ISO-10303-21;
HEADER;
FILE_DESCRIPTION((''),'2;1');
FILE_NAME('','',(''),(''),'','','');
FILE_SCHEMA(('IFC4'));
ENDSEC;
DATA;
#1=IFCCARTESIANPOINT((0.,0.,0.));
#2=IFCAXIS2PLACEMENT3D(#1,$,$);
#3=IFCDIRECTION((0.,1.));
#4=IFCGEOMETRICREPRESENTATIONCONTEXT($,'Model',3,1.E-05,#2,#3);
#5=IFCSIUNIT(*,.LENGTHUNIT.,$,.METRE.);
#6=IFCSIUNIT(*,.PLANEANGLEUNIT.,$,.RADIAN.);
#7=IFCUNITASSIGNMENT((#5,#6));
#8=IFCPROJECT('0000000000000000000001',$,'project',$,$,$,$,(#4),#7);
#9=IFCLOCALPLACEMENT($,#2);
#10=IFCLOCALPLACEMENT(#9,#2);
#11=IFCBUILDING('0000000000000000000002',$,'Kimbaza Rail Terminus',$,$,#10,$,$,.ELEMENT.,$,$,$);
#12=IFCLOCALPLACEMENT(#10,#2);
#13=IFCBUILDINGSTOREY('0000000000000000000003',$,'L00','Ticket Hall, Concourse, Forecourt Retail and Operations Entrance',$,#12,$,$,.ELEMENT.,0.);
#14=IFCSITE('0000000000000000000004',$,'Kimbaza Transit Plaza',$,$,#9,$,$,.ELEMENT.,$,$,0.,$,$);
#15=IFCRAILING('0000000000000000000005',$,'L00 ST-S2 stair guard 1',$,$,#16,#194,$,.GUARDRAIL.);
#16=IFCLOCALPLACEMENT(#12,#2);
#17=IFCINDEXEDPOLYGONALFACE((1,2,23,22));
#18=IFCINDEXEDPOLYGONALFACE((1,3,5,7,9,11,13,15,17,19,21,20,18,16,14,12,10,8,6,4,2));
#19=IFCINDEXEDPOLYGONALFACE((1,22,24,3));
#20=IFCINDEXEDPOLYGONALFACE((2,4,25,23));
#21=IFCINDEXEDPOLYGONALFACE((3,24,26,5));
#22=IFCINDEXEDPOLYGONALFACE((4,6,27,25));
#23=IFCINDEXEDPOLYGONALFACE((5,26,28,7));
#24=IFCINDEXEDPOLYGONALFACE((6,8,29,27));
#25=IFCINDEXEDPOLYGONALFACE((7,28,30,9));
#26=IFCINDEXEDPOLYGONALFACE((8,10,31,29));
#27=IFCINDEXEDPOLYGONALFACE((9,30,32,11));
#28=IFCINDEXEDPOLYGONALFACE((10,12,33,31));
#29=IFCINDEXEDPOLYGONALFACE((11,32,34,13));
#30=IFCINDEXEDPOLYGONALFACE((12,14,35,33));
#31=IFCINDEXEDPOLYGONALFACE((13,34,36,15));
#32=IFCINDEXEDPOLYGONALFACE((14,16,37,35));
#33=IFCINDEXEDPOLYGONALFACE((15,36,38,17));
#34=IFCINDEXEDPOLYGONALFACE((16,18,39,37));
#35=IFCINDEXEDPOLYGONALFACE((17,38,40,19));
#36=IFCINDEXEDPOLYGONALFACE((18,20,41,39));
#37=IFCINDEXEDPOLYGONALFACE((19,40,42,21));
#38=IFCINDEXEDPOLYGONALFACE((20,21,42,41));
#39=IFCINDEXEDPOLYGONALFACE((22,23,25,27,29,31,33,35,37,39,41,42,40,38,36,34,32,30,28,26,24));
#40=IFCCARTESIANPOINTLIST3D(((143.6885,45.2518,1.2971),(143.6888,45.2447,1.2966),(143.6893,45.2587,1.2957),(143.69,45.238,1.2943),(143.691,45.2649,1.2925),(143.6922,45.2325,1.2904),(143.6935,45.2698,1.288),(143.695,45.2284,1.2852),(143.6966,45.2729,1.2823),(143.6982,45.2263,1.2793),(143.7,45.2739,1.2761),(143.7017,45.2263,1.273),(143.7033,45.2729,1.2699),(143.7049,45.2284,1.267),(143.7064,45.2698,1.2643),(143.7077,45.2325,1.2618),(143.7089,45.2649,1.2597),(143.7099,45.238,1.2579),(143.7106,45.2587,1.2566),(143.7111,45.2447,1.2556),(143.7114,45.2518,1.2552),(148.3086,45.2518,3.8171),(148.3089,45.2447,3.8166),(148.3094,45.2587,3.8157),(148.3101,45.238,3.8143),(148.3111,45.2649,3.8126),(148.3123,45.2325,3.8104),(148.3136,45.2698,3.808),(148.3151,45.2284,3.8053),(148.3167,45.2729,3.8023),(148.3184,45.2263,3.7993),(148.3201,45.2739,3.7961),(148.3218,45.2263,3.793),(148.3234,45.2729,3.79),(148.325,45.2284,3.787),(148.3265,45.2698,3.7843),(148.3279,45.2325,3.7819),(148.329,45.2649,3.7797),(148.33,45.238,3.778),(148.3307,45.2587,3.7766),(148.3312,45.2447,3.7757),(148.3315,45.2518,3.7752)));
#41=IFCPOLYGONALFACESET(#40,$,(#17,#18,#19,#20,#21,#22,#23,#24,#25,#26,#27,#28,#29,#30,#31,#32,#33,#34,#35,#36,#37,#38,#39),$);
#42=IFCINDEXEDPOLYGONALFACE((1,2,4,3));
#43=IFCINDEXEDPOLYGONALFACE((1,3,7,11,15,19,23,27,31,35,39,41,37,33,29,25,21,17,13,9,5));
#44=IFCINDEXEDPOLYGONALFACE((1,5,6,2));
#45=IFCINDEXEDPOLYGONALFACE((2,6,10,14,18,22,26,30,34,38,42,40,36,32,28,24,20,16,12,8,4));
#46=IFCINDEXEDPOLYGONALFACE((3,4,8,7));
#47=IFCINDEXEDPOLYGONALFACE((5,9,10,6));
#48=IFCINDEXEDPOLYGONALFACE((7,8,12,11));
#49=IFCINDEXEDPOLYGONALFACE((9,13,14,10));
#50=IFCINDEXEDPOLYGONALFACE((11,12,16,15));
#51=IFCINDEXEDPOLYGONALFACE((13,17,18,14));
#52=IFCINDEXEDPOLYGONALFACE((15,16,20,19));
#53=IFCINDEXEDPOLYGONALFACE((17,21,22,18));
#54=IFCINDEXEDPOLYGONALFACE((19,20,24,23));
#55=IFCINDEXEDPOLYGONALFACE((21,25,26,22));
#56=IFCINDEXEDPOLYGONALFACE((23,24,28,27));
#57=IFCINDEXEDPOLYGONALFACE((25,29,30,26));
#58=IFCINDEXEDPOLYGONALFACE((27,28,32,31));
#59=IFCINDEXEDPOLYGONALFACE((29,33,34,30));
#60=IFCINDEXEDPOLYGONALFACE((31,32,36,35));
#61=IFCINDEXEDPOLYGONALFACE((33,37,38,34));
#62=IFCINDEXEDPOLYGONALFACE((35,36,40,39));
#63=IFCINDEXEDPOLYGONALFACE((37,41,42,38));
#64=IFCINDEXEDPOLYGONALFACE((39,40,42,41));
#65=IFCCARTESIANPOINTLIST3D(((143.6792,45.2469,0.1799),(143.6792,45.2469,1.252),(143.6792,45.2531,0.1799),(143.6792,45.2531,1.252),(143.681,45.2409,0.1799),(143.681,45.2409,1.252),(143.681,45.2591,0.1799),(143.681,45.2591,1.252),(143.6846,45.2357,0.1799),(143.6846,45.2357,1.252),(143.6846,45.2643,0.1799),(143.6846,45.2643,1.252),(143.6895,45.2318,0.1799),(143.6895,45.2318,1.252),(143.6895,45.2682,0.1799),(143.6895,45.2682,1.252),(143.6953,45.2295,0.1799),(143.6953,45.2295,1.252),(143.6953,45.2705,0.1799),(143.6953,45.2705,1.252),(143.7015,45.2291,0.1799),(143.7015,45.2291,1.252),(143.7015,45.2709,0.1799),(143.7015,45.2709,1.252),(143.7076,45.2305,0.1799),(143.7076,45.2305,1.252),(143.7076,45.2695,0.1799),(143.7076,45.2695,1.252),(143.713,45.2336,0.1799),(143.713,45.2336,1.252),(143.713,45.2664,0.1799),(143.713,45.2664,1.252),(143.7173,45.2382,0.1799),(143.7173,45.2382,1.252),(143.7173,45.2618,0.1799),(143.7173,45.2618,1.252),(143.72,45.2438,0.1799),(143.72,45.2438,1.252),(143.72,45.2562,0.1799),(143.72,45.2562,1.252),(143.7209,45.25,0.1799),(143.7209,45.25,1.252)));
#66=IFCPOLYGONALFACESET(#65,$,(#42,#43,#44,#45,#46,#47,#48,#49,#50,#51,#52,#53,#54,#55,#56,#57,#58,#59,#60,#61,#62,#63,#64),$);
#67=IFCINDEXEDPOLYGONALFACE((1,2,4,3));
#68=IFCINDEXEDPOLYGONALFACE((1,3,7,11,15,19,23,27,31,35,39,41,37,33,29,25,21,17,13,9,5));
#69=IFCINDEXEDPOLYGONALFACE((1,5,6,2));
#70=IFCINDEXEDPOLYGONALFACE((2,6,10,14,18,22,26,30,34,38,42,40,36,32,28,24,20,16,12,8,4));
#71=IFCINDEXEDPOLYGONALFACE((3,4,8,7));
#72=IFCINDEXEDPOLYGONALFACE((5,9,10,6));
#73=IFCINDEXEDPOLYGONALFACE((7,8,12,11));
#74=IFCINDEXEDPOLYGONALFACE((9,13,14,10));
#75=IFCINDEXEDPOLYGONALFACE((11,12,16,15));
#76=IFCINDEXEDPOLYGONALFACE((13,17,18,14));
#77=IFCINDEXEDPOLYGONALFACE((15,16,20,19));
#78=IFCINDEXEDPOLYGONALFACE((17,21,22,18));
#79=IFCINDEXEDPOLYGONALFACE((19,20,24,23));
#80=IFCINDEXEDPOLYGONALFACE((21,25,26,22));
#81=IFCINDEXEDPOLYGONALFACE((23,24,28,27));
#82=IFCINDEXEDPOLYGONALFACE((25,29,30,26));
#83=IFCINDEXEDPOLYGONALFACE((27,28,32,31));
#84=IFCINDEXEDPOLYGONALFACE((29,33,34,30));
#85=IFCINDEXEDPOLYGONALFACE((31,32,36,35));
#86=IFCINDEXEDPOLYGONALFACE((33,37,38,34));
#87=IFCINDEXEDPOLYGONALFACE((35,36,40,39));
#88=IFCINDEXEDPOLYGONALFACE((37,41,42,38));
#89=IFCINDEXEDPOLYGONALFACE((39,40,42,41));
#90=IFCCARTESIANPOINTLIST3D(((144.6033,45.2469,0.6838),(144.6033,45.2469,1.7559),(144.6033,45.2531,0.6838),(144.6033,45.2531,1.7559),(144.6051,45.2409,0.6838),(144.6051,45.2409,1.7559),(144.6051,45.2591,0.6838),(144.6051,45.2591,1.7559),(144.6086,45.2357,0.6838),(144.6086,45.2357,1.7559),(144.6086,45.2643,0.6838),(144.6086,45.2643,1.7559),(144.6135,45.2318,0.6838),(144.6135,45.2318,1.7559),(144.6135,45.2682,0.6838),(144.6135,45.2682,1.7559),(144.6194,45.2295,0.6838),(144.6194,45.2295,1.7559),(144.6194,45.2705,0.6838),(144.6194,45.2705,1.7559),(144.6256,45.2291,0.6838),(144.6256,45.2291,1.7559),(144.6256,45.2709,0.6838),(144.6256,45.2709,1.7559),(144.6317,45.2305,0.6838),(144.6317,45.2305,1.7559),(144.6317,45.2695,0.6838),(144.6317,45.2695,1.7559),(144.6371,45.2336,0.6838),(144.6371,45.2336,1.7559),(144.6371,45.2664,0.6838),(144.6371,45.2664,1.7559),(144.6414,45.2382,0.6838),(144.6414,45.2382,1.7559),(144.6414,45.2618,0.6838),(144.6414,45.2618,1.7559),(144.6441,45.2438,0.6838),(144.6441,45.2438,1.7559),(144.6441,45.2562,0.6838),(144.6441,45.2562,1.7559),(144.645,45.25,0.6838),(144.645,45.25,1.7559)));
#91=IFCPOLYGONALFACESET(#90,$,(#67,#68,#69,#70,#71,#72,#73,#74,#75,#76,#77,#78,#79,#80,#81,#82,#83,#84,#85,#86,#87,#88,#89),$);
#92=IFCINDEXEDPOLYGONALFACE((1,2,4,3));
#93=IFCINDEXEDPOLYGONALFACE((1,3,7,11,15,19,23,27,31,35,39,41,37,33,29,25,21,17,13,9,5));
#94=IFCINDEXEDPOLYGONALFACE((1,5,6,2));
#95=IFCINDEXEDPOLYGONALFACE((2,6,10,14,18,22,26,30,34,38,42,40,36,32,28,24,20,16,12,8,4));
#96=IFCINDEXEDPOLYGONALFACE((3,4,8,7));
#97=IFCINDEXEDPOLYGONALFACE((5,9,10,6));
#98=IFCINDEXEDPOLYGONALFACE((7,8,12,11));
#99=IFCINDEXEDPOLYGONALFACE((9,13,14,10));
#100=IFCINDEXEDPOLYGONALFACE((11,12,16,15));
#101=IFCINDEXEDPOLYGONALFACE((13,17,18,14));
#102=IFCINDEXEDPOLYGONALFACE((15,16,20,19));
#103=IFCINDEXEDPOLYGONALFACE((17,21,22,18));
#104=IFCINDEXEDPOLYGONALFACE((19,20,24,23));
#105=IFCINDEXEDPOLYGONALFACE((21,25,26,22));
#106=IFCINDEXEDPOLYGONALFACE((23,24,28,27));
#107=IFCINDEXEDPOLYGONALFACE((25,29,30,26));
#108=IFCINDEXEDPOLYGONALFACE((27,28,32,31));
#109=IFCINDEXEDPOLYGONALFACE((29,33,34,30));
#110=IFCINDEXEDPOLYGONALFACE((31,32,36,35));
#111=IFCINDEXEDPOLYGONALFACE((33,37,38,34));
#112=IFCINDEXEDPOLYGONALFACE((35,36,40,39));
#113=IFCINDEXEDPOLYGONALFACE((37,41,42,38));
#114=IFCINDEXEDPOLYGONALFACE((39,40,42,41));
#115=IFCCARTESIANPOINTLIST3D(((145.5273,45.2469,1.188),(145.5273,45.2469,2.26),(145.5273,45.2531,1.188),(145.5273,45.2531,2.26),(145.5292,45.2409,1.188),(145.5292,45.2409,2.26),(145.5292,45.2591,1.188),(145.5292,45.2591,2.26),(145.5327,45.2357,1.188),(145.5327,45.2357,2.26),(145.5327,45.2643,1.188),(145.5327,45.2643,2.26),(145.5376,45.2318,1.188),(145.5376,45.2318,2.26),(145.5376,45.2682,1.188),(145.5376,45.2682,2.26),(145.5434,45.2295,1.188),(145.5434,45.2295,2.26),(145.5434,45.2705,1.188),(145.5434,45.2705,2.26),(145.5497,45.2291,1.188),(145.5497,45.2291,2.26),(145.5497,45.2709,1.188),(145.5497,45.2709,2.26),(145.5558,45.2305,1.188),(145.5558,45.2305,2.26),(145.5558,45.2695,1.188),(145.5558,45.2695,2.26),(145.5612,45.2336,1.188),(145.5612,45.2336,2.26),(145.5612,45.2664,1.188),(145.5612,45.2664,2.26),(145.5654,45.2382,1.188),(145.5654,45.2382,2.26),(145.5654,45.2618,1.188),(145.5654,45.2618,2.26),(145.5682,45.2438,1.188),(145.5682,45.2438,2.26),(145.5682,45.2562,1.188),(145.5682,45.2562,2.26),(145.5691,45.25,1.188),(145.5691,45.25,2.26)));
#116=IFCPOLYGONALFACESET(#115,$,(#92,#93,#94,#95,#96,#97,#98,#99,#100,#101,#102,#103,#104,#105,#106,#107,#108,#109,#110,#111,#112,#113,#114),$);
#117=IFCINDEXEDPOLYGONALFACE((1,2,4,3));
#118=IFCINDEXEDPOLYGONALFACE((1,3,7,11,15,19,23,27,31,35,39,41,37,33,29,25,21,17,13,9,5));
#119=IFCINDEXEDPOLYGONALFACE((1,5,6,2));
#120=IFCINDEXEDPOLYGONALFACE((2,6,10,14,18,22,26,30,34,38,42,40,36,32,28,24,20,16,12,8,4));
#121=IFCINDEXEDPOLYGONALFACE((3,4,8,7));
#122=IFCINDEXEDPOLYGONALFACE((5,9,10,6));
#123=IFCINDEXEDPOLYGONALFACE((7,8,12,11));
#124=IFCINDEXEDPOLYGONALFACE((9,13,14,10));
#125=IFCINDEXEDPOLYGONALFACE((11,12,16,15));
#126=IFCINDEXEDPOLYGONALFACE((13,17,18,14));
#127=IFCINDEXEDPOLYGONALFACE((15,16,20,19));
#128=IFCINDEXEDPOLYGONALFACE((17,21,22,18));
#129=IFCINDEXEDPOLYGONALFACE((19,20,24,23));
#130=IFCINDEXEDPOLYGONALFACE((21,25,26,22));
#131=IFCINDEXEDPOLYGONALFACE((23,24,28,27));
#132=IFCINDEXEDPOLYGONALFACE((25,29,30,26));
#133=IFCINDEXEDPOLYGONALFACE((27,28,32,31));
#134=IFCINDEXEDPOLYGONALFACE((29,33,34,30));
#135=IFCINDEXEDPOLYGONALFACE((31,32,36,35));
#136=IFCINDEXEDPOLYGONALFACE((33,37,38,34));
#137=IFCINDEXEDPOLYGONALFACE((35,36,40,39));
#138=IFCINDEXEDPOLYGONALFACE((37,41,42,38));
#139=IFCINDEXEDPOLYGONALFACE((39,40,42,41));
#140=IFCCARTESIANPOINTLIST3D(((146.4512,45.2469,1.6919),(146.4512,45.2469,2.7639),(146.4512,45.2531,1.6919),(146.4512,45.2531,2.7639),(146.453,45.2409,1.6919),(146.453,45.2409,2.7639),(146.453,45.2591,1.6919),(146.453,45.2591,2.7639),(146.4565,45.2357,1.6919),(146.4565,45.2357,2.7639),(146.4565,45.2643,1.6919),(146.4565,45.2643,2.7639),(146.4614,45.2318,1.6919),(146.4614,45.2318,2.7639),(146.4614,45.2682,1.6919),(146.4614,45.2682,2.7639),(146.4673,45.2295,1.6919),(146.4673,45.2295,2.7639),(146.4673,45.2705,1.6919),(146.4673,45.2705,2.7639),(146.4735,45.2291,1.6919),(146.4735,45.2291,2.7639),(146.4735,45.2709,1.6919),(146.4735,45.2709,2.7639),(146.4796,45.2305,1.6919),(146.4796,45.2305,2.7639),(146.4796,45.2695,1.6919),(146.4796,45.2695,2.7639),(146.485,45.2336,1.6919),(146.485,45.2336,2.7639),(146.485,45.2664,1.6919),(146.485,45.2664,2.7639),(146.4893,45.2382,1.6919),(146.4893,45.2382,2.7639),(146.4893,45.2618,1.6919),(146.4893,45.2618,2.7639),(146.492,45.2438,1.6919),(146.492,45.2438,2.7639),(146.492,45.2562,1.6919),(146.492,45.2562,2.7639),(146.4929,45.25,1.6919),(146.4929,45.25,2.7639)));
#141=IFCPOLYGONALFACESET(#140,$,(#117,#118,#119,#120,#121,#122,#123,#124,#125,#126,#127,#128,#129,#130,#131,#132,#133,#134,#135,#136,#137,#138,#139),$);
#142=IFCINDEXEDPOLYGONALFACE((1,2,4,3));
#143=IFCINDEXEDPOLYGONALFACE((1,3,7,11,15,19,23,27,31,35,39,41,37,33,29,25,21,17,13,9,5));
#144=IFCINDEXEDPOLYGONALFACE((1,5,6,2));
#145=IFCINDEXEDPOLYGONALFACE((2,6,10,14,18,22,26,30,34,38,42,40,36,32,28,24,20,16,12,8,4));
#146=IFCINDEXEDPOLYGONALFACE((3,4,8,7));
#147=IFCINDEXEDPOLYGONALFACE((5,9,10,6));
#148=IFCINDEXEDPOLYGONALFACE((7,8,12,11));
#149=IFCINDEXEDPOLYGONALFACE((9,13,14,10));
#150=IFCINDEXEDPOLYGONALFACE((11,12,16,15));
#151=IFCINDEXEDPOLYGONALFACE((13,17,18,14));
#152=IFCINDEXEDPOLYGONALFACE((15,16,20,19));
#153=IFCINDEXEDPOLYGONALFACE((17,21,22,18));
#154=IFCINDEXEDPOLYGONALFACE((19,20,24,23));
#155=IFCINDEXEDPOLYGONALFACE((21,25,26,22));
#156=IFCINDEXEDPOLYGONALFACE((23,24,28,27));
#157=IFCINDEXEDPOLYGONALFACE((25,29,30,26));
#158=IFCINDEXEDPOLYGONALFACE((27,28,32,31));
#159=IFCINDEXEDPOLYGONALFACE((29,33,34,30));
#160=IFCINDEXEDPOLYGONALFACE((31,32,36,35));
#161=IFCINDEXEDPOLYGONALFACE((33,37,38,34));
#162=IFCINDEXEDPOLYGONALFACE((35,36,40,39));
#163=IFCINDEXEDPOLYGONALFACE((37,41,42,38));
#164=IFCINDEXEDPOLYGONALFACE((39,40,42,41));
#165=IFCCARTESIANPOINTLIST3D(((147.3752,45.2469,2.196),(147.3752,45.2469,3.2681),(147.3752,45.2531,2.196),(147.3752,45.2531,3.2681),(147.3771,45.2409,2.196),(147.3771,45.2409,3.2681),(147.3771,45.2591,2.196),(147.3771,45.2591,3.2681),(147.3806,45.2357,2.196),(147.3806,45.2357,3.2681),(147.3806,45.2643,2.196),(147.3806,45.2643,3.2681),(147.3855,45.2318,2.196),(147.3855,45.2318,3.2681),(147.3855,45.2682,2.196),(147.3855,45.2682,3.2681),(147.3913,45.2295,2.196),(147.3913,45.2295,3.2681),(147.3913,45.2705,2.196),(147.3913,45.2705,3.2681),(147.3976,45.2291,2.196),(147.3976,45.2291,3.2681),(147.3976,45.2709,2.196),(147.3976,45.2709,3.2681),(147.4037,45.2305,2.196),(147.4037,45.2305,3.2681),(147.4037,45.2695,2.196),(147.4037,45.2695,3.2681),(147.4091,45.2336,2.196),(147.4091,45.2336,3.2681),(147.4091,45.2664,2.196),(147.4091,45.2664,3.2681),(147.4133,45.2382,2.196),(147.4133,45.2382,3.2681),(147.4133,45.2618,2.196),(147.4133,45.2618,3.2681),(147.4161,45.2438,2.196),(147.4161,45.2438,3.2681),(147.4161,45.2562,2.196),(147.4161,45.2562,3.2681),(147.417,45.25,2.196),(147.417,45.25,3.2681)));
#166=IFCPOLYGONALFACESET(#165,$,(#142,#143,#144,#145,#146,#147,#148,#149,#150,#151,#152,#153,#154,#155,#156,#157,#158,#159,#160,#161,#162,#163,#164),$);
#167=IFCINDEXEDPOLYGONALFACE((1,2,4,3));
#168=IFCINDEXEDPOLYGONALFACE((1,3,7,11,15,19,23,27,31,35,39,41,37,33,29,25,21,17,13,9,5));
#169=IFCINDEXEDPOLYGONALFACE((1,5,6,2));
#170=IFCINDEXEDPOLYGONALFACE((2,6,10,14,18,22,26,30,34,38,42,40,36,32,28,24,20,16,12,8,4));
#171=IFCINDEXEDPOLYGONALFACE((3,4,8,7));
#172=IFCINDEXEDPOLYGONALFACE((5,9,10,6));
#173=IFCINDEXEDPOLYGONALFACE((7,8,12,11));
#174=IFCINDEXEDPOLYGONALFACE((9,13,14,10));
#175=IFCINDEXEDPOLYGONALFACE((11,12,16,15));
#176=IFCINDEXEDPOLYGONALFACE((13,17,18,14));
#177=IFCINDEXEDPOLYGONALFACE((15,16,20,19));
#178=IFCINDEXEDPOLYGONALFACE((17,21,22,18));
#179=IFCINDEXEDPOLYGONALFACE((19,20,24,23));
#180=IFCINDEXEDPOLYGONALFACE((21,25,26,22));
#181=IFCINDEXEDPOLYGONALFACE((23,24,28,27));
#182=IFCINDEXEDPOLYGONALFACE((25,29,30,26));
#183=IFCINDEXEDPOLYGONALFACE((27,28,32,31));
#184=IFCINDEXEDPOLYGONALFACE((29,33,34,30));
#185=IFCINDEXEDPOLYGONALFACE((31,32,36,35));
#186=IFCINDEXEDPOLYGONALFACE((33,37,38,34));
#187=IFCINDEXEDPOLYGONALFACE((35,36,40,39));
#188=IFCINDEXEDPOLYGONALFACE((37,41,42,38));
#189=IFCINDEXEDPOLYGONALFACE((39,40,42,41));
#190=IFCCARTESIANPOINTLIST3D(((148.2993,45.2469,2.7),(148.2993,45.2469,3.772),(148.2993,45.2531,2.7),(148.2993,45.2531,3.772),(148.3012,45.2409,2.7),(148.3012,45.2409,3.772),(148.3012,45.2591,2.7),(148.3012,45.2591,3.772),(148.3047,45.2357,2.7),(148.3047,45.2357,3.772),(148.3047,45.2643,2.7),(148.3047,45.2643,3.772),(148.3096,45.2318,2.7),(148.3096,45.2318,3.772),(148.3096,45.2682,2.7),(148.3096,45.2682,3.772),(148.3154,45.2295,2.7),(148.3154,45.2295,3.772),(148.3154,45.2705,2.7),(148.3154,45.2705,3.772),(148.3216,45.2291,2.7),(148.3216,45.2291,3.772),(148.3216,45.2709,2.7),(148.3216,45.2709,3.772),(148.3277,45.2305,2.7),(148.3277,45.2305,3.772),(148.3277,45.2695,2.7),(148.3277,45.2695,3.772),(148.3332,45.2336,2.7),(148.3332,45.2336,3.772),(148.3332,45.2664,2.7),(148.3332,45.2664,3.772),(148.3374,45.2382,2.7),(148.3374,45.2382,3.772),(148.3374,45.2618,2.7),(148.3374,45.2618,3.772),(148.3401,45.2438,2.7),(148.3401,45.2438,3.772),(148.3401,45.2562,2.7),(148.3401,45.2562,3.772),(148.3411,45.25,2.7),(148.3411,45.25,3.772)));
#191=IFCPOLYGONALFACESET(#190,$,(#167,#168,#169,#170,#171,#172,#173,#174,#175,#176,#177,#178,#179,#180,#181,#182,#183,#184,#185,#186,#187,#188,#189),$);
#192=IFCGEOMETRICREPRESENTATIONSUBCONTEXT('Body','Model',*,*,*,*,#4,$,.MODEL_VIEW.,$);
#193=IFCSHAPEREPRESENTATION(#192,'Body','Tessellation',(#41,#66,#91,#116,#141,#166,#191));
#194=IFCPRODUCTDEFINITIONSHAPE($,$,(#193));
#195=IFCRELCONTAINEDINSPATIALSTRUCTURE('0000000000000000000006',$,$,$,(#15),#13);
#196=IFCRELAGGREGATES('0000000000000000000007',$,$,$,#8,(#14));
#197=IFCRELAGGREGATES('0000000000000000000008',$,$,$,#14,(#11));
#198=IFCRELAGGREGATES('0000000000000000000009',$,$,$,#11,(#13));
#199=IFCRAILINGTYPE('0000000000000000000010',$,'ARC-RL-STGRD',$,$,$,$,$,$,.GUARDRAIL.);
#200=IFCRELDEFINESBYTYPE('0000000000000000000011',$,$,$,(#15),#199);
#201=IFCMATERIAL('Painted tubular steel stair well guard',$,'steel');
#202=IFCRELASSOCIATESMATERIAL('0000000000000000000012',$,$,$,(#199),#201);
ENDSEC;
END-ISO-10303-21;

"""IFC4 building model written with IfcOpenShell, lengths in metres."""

from ifc_helpers import new_model, si_unit, direction, frame, origin, origin_2d, place, context, subcontext, project, spatial, circle, extrude, material, type_object, element, save


model = new_model("IFC4")

# Units and contexts
model_context = context("Model", 3, precision=1e-05, world=origin(), true_north=direction((0.0, 1.0)))
body_context = subcontext(model_context, "Body", "Model", "MODEL_VIEW")
ifc_project = project(units=[si_unit("LENGTHUNIT", "METRE"), si_unit("PLANEANGLEUNIT", "RADIAN")], contexts=[model_context])

# Site, building, storey
site_placement = place(None, origin())
site = spatial("IfcSite", under=ifc_project, at=site_placement, Name="Kimbaza Transit Plaza", CompositionType="ELEMENT", RefElevation=0.0)
building_placement = place(site_placement, origin())
building = spatial("IfcBuilding", under=site, at=building_placement, Name="Kimbaza Rail Terminus", CompositionType="ELEMENT")
storey_placement = place(building_placement, origin())
storey = spatial("IfcBuildingStorey", under=building, at=storey_placement, Name="L00", Description="Ticket Hall, Concourse, Forecourt Retail and Operations Entrance", CompositionType="ELEMENT", Elevation=0.0)

# Railing
ifc_material_1 = material(Name="Painted tubular steel stair well guard", Category="steel")
railing_type_1 = type_object("IfcRailingType", Name="ARC-RL-STGRD", PredefinedType="GUARDRAIL", material=ifc_material_1)
railing_1_placement = place(storey_placement, frame((143.7, 45.25, 0.1799)))
element("IfcRailing", 1, at=railing_1_placement, inside=storey, type_object=railing_type_1, Name="L00 ST-S2 stair guard 1", PredefinedType="GUARDRAIL", context=body_context, shape_type="SweptSolid", body=[
    extrude(circle(Radius=0.0239, at=origin_2d()), frame((0.0, 0.0, 1.0962), z_axis=(0.877899, 0.0, 0.478846), x_axis=(0.0, 1.0, 0.0)), (0.0, 0.0, 1.0), 5.2627),
    extrude(circle(Radius=0.021, at=origin_2d()), origin(), (0.0, 0.0, 1.0), 1.072),
    extrude(circle(Radius=0.021, at=origin_2d()), frame((0.9241, 0.0, 0.5039)), (0.0, 0.0, 1.0), 1.072),
    extrude(circle(Radius=0.021, at=origin_2d()), frame((1.8481, 0.0, 1.0081)), (0.0, 0.0, 1.0), 1.072),
    extrude(circle(Radius=0.021, at=origin_2d()), frame((2.772, 0.0, 1.512)), (0.0, 0.0, 1.0), 1.072),
    extrude(circle(Radius=0.021, at=origin_2d()), frame((3.696, 0.0, 2.0161)), (0.0, 0.0, 1.0), 1.072),
    extrude(circle(Radius=0.021, at=origin_2d()), frame((4.6201, 0.0, 2.52)), (0.0, 0.0, 1.0), 1.072),
])

save(model, "model.ifc")
